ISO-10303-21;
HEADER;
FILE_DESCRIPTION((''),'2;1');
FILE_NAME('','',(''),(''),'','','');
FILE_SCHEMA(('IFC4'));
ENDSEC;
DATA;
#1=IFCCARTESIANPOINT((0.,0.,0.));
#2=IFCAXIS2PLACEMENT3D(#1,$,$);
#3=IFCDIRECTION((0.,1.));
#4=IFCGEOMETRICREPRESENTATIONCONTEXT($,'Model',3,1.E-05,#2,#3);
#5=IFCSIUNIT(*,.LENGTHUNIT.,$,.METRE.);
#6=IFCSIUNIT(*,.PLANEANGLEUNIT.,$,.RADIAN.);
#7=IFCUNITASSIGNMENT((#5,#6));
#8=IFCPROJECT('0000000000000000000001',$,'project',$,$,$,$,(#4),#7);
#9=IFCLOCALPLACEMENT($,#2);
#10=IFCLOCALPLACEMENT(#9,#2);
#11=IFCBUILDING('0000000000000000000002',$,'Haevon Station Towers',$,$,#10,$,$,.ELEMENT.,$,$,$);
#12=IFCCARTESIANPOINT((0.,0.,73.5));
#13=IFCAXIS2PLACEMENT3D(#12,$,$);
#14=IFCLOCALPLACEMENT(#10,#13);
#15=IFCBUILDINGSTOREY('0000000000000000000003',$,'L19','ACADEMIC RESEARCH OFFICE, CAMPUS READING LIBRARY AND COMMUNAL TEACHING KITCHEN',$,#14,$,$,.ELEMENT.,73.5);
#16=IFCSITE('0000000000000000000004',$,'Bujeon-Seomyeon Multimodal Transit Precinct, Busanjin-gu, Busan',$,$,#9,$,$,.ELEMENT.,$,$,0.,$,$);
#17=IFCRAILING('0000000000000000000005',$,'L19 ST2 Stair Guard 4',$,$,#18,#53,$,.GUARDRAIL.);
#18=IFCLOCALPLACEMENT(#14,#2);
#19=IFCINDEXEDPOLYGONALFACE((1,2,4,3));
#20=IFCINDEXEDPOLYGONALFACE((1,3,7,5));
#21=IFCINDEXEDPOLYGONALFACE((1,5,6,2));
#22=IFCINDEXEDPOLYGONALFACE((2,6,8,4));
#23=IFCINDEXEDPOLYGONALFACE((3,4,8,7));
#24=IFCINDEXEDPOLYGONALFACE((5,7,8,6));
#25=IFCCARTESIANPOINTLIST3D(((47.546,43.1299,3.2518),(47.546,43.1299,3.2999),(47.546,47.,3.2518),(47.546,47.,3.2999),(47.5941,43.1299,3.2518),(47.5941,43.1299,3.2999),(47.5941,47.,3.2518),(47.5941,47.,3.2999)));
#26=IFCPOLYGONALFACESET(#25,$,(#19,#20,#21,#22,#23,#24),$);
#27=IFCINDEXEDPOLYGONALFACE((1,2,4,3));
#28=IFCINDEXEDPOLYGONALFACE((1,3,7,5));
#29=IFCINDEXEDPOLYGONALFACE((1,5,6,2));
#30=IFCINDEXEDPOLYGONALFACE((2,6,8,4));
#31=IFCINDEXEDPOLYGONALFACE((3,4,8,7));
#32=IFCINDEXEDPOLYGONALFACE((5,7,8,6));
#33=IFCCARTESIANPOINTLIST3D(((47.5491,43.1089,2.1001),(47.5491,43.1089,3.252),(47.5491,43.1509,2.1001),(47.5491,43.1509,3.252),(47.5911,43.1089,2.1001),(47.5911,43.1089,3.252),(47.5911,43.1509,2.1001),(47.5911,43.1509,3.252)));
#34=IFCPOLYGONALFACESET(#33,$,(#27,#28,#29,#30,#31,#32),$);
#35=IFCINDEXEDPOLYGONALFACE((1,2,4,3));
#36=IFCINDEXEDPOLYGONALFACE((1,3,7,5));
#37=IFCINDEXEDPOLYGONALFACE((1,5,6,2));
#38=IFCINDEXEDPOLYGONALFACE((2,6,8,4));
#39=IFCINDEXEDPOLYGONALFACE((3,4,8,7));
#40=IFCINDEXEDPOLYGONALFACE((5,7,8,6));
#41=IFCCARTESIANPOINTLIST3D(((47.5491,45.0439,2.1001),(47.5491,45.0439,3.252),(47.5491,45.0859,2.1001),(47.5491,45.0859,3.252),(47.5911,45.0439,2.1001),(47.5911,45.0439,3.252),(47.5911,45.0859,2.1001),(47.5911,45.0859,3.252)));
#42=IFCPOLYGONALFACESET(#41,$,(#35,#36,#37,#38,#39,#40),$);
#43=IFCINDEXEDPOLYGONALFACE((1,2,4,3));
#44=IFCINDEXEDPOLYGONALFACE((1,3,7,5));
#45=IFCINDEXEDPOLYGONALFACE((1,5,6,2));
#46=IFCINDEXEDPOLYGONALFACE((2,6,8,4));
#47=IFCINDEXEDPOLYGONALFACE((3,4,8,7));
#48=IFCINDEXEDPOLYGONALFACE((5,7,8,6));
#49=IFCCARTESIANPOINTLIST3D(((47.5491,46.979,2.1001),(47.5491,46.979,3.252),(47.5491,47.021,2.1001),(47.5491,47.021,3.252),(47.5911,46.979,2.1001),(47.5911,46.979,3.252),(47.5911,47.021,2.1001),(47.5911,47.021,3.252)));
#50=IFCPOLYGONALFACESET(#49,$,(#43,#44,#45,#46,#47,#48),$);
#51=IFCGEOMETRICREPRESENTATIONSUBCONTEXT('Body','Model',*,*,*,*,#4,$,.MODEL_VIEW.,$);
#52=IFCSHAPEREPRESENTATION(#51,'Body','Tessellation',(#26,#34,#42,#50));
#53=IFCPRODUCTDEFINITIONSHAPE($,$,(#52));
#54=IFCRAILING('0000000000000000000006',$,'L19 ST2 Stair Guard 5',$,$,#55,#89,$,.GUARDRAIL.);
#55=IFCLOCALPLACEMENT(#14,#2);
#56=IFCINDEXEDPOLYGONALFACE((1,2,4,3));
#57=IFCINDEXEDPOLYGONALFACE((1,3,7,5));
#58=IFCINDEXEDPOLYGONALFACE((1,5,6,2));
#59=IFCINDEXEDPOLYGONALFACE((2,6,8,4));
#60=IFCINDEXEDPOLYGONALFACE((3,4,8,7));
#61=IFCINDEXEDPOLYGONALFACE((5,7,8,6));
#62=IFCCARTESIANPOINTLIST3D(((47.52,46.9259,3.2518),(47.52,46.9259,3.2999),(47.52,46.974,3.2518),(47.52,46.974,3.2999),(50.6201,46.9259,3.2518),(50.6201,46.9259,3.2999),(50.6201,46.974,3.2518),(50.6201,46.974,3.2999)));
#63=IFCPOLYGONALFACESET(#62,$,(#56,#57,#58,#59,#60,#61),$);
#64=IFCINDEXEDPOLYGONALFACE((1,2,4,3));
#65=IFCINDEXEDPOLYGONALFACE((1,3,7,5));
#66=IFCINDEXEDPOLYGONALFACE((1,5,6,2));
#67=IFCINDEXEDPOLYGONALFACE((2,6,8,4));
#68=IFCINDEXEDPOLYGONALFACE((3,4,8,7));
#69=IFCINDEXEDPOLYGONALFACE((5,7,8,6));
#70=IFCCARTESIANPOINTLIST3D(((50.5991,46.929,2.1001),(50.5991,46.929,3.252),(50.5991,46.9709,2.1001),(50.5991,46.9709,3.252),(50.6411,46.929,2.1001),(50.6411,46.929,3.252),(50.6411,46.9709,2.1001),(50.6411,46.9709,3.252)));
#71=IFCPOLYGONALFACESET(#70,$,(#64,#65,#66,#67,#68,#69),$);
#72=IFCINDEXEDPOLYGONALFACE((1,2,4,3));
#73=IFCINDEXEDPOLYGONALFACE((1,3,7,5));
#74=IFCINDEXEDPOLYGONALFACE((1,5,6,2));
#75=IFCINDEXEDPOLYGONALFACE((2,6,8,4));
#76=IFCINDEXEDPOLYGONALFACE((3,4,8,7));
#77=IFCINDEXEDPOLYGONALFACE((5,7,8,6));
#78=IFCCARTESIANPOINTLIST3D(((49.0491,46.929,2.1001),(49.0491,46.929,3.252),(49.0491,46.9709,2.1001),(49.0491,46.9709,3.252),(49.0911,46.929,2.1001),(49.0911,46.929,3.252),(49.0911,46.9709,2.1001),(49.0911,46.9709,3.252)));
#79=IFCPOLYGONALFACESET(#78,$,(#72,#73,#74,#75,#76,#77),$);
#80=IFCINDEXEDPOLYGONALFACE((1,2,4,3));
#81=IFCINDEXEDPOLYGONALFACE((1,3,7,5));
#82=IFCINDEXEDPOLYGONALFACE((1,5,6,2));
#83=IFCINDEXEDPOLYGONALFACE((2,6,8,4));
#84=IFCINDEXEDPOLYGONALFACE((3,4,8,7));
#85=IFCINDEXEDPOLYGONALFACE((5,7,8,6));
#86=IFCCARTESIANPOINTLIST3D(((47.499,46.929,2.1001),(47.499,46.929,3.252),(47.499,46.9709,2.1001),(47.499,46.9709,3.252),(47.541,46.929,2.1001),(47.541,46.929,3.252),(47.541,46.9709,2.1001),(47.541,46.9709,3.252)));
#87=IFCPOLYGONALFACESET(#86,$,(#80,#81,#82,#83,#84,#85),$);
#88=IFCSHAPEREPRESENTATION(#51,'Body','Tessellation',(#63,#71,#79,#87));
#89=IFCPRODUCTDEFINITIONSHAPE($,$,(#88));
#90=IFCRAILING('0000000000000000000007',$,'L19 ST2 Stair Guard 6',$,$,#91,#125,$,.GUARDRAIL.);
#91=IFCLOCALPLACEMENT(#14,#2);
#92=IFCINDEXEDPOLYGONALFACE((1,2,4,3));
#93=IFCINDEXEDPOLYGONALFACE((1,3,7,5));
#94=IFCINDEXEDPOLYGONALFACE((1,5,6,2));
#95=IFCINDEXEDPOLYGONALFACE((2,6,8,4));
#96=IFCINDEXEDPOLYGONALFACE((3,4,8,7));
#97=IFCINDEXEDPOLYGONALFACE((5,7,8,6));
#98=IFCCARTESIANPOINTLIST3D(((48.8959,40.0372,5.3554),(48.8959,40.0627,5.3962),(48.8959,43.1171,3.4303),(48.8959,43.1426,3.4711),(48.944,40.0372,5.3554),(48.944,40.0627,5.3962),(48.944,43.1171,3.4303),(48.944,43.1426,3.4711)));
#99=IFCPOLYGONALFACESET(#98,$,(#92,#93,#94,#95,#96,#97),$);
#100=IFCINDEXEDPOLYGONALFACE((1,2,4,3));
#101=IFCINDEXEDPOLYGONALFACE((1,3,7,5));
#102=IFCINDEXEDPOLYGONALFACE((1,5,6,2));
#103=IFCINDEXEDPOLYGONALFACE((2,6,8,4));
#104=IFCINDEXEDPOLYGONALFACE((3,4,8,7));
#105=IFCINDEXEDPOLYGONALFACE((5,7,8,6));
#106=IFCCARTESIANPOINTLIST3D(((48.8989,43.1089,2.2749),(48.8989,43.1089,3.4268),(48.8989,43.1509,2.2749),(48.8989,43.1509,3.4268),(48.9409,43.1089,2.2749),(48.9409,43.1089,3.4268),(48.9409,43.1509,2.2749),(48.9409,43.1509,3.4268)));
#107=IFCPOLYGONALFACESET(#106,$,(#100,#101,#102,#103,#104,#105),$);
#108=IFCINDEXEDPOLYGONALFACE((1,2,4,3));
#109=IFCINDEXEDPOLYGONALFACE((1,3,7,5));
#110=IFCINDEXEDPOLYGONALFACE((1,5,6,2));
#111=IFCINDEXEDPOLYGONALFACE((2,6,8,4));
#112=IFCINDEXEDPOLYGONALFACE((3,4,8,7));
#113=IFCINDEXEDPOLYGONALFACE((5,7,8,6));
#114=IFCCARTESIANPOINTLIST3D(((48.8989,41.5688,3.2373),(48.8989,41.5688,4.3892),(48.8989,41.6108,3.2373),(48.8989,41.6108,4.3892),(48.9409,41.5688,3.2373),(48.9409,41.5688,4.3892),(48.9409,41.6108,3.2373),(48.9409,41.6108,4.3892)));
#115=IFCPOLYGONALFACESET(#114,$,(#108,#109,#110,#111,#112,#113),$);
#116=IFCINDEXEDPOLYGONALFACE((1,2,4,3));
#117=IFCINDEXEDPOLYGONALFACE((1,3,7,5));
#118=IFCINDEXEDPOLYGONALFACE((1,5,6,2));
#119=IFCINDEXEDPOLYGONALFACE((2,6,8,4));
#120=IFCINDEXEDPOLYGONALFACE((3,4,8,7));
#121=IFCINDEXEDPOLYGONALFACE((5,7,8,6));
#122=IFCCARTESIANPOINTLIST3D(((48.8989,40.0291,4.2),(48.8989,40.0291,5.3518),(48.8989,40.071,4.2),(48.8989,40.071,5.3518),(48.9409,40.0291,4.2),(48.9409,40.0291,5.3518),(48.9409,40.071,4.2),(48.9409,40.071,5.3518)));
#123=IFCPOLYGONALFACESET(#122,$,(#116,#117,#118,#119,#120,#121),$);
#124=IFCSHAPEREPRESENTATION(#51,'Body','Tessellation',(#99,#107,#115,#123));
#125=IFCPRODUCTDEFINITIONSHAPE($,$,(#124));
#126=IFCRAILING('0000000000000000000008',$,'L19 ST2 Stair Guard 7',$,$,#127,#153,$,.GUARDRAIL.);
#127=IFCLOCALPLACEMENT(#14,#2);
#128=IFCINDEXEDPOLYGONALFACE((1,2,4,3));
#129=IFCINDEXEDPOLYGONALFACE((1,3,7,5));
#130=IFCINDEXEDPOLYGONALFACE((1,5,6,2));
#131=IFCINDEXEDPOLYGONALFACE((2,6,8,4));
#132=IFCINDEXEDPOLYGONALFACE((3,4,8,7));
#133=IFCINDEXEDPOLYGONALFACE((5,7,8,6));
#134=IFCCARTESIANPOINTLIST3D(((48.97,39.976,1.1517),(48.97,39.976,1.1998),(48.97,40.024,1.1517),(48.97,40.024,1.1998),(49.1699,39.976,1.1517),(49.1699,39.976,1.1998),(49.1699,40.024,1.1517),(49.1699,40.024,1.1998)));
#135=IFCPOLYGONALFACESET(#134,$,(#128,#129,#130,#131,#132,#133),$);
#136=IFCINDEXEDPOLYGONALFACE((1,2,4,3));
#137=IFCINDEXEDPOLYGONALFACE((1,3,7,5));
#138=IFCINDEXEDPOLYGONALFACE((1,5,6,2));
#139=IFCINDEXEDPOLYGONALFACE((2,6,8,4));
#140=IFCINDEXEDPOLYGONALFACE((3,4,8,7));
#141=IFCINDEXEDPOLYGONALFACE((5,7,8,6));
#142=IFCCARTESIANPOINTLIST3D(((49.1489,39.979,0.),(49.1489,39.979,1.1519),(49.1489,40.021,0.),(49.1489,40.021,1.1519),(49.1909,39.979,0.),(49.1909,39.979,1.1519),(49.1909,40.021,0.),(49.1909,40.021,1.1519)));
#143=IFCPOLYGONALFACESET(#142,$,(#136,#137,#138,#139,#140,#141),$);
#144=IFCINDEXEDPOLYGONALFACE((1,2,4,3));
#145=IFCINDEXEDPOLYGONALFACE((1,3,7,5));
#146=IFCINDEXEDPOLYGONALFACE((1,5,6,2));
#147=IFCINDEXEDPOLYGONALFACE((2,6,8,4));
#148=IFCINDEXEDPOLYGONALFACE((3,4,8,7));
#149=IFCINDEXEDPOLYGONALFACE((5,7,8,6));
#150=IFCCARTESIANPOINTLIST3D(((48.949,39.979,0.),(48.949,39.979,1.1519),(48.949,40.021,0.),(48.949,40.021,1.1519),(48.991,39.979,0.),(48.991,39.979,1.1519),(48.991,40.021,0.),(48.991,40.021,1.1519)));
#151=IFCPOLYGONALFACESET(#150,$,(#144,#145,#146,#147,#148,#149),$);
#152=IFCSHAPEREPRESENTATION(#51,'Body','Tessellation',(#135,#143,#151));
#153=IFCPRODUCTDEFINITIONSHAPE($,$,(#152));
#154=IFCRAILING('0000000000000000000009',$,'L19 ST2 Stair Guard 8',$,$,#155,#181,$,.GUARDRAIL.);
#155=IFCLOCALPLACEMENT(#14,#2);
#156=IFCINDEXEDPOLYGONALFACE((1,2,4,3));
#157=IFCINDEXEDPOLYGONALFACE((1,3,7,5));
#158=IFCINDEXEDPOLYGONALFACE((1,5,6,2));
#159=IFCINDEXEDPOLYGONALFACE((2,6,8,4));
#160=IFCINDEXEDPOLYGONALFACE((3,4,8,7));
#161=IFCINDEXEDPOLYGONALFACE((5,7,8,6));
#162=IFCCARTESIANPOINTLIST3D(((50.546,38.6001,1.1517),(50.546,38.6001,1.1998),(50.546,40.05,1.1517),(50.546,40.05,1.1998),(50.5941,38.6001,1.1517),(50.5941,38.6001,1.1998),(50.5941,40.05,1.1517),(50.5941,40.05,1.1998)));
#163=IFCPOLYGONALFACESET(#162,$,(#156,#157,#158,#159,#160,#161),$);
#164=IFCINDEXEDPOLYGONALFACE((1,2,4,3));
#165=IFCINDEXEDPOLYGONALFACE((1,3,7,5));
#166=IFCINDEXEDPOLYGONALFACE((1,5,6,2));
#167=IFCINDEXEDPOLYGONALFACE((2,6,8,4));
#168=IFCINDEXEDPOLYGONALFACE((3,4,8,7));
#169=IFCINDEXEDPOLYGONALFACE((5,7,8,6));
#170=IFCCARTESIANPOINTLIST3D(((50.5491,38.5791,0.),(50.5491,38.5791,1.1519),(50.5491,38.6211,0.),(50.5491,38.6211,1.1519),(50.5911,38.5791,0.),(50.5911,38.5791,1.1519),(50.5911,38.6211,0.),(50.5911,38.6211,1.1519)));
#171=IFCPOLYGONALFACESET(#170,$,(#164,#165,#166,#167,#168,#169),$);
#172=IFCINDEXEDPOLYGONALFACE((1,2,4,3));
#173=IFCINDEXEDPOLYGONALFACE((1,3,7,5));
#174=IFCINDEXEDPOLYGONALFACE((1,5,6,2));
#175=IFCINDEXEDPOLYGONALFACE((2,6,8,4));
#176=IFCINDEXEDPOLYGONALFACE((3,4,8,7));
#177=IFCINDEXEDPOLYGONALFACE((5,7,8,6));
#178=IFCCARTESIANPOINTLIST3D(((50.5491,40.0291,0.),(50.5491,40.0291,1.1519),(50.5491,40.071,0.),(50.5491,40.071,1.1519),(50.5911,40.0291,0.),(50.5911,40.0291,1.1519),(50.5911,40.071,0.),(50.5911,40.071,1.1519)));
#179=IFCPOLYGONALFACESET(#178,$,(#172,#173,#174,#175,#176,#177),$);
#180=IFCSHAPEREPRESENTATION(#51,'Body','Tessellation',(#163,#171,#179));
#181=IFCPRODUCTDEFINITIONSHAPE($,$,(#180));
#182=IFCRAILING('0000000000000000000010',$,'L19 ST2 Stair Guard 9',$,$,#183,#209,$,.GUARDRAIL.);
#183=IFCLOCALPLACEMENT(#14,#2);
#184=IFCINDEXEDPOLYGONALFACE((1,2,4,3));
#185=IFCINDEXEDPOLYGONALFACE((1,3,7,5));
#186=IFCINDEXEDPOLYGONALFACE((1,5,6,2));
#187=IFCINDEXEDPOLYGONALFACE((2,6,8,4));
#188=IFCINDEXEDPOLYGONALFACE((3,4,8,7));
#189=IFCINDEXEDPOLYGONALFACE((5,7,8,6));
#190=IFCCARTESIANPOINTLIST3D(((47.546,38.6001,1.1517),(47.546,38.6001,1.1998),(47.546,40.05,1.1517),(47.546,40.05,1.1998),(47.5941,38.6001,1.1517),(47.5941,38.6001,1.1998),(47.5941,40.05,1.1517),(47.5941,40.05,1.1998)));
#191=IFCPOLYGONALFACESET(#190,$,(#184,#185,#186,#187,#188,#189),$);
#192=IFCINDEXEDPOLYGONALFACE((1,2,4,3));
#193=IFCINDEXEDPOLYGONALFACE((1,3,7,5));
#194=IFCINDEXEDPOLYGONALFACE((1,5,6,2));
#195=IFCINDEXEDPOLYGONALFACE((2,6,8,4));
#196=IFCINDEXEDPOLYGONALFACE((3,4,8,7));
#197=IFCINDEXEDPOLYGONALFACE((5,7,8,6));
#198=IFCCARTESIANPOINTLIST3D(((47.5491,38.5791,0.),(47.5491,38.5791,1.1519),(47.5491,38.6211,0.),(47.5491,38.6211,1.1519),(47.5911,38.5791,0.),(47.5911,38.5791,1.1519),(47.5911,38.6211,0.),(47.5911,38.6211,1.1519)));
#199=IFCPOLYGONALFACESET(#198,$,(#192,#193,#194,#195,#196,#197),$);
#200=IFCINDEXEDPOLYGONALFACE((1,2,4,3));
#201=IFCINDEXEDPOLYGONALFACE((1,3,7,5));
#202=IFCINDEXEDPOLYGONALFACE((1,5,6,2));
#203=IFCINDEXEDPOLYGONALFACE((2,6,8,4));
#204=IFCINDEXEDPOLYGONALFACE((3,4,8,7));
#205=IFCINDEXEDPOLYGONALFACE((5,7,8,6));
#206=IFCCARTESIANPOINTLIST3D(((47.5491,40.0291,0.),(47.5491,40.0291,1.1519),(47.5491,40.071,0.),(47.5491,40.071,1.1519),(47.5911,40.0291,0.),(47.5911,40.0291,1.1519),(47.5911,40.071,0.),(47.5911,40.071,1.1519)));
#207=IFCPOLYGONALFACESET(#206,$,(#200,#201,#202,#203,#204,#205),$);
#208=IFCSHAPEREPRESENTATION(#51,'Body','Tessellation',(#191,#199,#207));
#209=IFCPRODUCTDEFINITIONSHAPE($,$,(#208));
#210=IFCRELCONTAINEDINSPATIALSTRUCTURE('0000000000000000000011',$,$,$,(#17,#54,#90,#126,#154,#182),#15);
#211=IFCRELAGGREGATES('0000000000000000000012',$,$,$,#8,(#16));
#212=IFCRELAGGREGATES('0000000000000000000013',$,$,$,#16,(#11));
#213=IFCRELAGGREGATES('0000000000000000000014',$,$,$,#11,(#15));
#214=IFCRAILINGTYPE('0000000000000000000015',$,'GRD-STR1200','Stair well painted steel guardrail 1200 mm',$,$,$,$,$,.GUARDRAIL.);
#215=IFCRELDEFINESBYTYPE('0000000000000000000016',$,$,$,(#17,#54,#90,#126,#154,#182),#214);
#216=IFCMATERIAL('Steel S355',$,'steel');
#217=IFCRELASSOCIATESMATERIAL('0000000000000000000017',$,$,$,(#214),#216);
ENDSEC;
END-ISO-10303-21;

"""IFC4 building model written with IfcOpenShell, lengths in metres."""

from ifc_helpers import new_model, si_unit, direction, frame, origin, origin_2d, place, context, subcontext, project, spatial, rectangle, extrude, material, type_object, element, save


model = new_model("IFC4")

# Units and contexts
model_context = context("Model", 3, precision=1e-05, world=origin(), true_north=direction((0.0, 1.0)))
body_context = subcontext(model_context, "Body", "Model", "MODEL_VIEW")
ifc_project = project(units=[si_unit("LENGTHUNIT", "METRE"), si_unit("PLANEANGLEUNIT", "RADIAN")], contexts=[model_context])

# Site, building, storey
site_placement = place(None, origin())
site = spatial("IfcSite", under=ifc_project, at=site_placement, Name="Bujeon-Seomyeon Multimodal Transit Precinct, Busanjin-gu, Busan", CompositionType="ELEMENT", RefElevation=0.0)
building_placement = place(site_placement, origin())
building = spatial("IfcBuilding", under=site, at=building_placement, Name="Haevon Station Towers", CompositionType="ELEMENT")
storey_placement = place(building_placement, frame((0.0, 0.0, 73.5)))
storey = spatial("IfcBuildingStorey", under=building, at=storey_placement, Name="L19", Description="ACADEMIC RESEARCH OFFICE, CAMPUS READING LIBRARY AND COMMUNAL TEACHING KITCHEN", CompositionType="ELEMENT", Elevation=73.5)

# Shared definitions
ifc_material_1 = material(Name="Steel S355", Category="steel")

# Railings
railing_type_1 = type_object("IfcRailingType", Name="GRD-STR1200", Description="Stair well painted steel guardrail 1200 mm", PredefinedType="GUARDRAIL", material=ifc_material_1)
for number, where, name in (
    (1, (47.5701, 43.1299, 2.1001), "L19 ST2 Stair Guard 4"),
):
    element("IfcRailing", number, at=place(storey_placement, frame(where)), inside=storey, type_object=railing_type_1, Name=name, PredefinedType="GUARDRAIL", context=body_context, shape_type="SweptSolid", body=[
        extrude(rectangle(XDim=0.0481, YDim=0.0481, at=origin_2d()), frame((0.0, 0.0, 1.1758), z_axis=(0.0, 1.0, 0.0), x_axis=(-1.0, 0.0, 0.0)), (0.0, 0.0, 1.0), 3.8701),
        extrude(rectangle(XDim=0.042, YDim=0.042, at=origin_2d()), origin(), (0.0, 0.0, 1.0), 1.1519),
        extrude(rectangle(XDim=0.042, YDim=0.042, at=origin_2d()), frame((0.0, 1.9351, 0.0)), (0.0, 0.0, 1.0), 1.1519),
        extrude(rectangle(XDim=0.042, YDim=0.042, at=origin_2d()), frame((0.0, 3.8701, 0.0)), (0.0, 0.0, 1.0), 1.1519),
    ])
railing_1_placement = place(storey_placement, frame((50.6201, 46.95, 2.1001)))
element("IfcRailing", 2, at=railing_1_placement, inside=storey, type_object=railing_type_1, Name="L19 ST2 Stair Guard 5", PredefinedType="GUARDRAIL", context=body_context, shape_type="SweptSolid", body=[
    extrude(rectangle(XDim=0.0481, YDim=0.0481, at=origin_2d()), frame((0.0, 0.0, 1.1758), z_axis=(-1.0, 0.0, 0.0), x_axis=(0.0, -1.0, 0.0)), (0.0, 0.0, 1.0), 3.1001),
    extrude(rectangle(XDim=0.042, YDim=0.042, at=origin_2d()), origin(), (0.0, 0.0, 1.0), 1.1519),
    extrude(rectangle(XDim=0.042, YDim=0.042, at=origin_2d()), frame((-1.55, 0.0, 0.0)), (0.0, 0.0, 1.0), 1.1519),
    extrude(rectangle(XDim=0.042, YDim=0.042, at=origin_2d()), frame((-3.1001, 0.0, 0.0)), (0.0, 0.0, 1.0), 1.1519),
])
railing_2_placement = place(storey_placement, frame((48.9199, 43.1299, 2.2749)))
element("IfcRailing", 3, at=railing_2_placement, inside=storey, type_object=railing_type_1, Name="L19 ST2 Stair Guard 6", PredefinedType="GUARDRAIL", context=body_context, shape_type="SweptSolid", body=[
    extrude(rectangle(XDim=0.0481, YDim=0.0481, at=origin_2d()), frame((0.0, 0.0, 1.1758), z_axis=(0.0, -0.847979, 0.530029), x_axis=(1.0, 0.0, 0.0)), (0.0, 0.0, 1.0), 3.6321),
    extrude(rectangle(XDim=0.042, YDim=0.042, at=origin_2d()), origin(), (0.0, 0.0, 1.0), 1.1519),
    extrude(rectangle(XDim=0.042, YDim=0.042, at=origin_2d()), frame((0.0, -1.54, 0.9624)), (0.0, 0.0, 1.0), 1.1519),
    extrude(rectangle(XDim=0.042, YDim=0.042, at=origin_2d()), frame((0.0, -3.0798, 1.925)), (0.0, 0.0, 1.0), 1.1519),
])
railing_3_placement = place(storey_placement, frame((49.1699, 40.0, 0.0)))
element("IfcRailing", 4, at=railing_3_placement, inside=storey, type_object=railing_type_1, Name="L19 ST2 Stair Guard 7", PredefinedType="GUARDRAIL", context=body_context, shape_type="SweptSolid", body=[
    extrude(rectangle(XDim=0.0481, YDim=0.0481, at=origin_2d()), frame((0.0, 0.0, 1.1758), z_axis=(-1.0, 0.0, 0.0), x_axis=(0.0, -1.0, 0.0)), (0.0, 0.0, 1.0), 0.2),
    extrude(rectangle(XDim=0.042, YDim=0.042, at=origin_2d()), origin(), (0.0, 0.0, 1.0), 1.1519),
    extrude(rectangle(XDim=0.042, YDim=0.042, at=origin_2d()), frame((-0.2, 0.0, 0.0)), (0.0, 0.0, 1.0), 1.1519),
])
for number, where, name in (
    (5, (50.5701, 38.6001, 0.0), "L19 ST2 Stair Guard 8"),
    (6, (47.5701, 38.6001, 0.0), "L19 ST2 Stair Guard 9"),
):
    element("IfcRailing", number, at=place(storey_placement, frame(where)), inside=storey, type_object=railing_type_1, Name=name, PredefinedType="GUARDRAIL", context=body_context, shape_type="SweptSolid", body=[
        extrude(rectangle(XDim=0.0481, YDim=0.0481, at=origin_2d()), frame((0.0, 0.0, 1.1758), z_axis=(0.0, 1.0, 0.0), x_axis=(-1.0, 0.0, 0.0)), (0.0, 0.0, 1.0), 1.45),
        extrude(rectangle(XDim=0.042, YDim=0.042, at=origin_2d()), origin(), (0.0, 0.0, 1.0), 1.1519),
        extrude(rectangle(XDim=0.042, YDim=0.042, at=origin_2d()), frame((0.0, 1.45, 0.0)), (0.0, 0.0, 1.0), 1.1519),
    ])

save(model, "model.ifc")
